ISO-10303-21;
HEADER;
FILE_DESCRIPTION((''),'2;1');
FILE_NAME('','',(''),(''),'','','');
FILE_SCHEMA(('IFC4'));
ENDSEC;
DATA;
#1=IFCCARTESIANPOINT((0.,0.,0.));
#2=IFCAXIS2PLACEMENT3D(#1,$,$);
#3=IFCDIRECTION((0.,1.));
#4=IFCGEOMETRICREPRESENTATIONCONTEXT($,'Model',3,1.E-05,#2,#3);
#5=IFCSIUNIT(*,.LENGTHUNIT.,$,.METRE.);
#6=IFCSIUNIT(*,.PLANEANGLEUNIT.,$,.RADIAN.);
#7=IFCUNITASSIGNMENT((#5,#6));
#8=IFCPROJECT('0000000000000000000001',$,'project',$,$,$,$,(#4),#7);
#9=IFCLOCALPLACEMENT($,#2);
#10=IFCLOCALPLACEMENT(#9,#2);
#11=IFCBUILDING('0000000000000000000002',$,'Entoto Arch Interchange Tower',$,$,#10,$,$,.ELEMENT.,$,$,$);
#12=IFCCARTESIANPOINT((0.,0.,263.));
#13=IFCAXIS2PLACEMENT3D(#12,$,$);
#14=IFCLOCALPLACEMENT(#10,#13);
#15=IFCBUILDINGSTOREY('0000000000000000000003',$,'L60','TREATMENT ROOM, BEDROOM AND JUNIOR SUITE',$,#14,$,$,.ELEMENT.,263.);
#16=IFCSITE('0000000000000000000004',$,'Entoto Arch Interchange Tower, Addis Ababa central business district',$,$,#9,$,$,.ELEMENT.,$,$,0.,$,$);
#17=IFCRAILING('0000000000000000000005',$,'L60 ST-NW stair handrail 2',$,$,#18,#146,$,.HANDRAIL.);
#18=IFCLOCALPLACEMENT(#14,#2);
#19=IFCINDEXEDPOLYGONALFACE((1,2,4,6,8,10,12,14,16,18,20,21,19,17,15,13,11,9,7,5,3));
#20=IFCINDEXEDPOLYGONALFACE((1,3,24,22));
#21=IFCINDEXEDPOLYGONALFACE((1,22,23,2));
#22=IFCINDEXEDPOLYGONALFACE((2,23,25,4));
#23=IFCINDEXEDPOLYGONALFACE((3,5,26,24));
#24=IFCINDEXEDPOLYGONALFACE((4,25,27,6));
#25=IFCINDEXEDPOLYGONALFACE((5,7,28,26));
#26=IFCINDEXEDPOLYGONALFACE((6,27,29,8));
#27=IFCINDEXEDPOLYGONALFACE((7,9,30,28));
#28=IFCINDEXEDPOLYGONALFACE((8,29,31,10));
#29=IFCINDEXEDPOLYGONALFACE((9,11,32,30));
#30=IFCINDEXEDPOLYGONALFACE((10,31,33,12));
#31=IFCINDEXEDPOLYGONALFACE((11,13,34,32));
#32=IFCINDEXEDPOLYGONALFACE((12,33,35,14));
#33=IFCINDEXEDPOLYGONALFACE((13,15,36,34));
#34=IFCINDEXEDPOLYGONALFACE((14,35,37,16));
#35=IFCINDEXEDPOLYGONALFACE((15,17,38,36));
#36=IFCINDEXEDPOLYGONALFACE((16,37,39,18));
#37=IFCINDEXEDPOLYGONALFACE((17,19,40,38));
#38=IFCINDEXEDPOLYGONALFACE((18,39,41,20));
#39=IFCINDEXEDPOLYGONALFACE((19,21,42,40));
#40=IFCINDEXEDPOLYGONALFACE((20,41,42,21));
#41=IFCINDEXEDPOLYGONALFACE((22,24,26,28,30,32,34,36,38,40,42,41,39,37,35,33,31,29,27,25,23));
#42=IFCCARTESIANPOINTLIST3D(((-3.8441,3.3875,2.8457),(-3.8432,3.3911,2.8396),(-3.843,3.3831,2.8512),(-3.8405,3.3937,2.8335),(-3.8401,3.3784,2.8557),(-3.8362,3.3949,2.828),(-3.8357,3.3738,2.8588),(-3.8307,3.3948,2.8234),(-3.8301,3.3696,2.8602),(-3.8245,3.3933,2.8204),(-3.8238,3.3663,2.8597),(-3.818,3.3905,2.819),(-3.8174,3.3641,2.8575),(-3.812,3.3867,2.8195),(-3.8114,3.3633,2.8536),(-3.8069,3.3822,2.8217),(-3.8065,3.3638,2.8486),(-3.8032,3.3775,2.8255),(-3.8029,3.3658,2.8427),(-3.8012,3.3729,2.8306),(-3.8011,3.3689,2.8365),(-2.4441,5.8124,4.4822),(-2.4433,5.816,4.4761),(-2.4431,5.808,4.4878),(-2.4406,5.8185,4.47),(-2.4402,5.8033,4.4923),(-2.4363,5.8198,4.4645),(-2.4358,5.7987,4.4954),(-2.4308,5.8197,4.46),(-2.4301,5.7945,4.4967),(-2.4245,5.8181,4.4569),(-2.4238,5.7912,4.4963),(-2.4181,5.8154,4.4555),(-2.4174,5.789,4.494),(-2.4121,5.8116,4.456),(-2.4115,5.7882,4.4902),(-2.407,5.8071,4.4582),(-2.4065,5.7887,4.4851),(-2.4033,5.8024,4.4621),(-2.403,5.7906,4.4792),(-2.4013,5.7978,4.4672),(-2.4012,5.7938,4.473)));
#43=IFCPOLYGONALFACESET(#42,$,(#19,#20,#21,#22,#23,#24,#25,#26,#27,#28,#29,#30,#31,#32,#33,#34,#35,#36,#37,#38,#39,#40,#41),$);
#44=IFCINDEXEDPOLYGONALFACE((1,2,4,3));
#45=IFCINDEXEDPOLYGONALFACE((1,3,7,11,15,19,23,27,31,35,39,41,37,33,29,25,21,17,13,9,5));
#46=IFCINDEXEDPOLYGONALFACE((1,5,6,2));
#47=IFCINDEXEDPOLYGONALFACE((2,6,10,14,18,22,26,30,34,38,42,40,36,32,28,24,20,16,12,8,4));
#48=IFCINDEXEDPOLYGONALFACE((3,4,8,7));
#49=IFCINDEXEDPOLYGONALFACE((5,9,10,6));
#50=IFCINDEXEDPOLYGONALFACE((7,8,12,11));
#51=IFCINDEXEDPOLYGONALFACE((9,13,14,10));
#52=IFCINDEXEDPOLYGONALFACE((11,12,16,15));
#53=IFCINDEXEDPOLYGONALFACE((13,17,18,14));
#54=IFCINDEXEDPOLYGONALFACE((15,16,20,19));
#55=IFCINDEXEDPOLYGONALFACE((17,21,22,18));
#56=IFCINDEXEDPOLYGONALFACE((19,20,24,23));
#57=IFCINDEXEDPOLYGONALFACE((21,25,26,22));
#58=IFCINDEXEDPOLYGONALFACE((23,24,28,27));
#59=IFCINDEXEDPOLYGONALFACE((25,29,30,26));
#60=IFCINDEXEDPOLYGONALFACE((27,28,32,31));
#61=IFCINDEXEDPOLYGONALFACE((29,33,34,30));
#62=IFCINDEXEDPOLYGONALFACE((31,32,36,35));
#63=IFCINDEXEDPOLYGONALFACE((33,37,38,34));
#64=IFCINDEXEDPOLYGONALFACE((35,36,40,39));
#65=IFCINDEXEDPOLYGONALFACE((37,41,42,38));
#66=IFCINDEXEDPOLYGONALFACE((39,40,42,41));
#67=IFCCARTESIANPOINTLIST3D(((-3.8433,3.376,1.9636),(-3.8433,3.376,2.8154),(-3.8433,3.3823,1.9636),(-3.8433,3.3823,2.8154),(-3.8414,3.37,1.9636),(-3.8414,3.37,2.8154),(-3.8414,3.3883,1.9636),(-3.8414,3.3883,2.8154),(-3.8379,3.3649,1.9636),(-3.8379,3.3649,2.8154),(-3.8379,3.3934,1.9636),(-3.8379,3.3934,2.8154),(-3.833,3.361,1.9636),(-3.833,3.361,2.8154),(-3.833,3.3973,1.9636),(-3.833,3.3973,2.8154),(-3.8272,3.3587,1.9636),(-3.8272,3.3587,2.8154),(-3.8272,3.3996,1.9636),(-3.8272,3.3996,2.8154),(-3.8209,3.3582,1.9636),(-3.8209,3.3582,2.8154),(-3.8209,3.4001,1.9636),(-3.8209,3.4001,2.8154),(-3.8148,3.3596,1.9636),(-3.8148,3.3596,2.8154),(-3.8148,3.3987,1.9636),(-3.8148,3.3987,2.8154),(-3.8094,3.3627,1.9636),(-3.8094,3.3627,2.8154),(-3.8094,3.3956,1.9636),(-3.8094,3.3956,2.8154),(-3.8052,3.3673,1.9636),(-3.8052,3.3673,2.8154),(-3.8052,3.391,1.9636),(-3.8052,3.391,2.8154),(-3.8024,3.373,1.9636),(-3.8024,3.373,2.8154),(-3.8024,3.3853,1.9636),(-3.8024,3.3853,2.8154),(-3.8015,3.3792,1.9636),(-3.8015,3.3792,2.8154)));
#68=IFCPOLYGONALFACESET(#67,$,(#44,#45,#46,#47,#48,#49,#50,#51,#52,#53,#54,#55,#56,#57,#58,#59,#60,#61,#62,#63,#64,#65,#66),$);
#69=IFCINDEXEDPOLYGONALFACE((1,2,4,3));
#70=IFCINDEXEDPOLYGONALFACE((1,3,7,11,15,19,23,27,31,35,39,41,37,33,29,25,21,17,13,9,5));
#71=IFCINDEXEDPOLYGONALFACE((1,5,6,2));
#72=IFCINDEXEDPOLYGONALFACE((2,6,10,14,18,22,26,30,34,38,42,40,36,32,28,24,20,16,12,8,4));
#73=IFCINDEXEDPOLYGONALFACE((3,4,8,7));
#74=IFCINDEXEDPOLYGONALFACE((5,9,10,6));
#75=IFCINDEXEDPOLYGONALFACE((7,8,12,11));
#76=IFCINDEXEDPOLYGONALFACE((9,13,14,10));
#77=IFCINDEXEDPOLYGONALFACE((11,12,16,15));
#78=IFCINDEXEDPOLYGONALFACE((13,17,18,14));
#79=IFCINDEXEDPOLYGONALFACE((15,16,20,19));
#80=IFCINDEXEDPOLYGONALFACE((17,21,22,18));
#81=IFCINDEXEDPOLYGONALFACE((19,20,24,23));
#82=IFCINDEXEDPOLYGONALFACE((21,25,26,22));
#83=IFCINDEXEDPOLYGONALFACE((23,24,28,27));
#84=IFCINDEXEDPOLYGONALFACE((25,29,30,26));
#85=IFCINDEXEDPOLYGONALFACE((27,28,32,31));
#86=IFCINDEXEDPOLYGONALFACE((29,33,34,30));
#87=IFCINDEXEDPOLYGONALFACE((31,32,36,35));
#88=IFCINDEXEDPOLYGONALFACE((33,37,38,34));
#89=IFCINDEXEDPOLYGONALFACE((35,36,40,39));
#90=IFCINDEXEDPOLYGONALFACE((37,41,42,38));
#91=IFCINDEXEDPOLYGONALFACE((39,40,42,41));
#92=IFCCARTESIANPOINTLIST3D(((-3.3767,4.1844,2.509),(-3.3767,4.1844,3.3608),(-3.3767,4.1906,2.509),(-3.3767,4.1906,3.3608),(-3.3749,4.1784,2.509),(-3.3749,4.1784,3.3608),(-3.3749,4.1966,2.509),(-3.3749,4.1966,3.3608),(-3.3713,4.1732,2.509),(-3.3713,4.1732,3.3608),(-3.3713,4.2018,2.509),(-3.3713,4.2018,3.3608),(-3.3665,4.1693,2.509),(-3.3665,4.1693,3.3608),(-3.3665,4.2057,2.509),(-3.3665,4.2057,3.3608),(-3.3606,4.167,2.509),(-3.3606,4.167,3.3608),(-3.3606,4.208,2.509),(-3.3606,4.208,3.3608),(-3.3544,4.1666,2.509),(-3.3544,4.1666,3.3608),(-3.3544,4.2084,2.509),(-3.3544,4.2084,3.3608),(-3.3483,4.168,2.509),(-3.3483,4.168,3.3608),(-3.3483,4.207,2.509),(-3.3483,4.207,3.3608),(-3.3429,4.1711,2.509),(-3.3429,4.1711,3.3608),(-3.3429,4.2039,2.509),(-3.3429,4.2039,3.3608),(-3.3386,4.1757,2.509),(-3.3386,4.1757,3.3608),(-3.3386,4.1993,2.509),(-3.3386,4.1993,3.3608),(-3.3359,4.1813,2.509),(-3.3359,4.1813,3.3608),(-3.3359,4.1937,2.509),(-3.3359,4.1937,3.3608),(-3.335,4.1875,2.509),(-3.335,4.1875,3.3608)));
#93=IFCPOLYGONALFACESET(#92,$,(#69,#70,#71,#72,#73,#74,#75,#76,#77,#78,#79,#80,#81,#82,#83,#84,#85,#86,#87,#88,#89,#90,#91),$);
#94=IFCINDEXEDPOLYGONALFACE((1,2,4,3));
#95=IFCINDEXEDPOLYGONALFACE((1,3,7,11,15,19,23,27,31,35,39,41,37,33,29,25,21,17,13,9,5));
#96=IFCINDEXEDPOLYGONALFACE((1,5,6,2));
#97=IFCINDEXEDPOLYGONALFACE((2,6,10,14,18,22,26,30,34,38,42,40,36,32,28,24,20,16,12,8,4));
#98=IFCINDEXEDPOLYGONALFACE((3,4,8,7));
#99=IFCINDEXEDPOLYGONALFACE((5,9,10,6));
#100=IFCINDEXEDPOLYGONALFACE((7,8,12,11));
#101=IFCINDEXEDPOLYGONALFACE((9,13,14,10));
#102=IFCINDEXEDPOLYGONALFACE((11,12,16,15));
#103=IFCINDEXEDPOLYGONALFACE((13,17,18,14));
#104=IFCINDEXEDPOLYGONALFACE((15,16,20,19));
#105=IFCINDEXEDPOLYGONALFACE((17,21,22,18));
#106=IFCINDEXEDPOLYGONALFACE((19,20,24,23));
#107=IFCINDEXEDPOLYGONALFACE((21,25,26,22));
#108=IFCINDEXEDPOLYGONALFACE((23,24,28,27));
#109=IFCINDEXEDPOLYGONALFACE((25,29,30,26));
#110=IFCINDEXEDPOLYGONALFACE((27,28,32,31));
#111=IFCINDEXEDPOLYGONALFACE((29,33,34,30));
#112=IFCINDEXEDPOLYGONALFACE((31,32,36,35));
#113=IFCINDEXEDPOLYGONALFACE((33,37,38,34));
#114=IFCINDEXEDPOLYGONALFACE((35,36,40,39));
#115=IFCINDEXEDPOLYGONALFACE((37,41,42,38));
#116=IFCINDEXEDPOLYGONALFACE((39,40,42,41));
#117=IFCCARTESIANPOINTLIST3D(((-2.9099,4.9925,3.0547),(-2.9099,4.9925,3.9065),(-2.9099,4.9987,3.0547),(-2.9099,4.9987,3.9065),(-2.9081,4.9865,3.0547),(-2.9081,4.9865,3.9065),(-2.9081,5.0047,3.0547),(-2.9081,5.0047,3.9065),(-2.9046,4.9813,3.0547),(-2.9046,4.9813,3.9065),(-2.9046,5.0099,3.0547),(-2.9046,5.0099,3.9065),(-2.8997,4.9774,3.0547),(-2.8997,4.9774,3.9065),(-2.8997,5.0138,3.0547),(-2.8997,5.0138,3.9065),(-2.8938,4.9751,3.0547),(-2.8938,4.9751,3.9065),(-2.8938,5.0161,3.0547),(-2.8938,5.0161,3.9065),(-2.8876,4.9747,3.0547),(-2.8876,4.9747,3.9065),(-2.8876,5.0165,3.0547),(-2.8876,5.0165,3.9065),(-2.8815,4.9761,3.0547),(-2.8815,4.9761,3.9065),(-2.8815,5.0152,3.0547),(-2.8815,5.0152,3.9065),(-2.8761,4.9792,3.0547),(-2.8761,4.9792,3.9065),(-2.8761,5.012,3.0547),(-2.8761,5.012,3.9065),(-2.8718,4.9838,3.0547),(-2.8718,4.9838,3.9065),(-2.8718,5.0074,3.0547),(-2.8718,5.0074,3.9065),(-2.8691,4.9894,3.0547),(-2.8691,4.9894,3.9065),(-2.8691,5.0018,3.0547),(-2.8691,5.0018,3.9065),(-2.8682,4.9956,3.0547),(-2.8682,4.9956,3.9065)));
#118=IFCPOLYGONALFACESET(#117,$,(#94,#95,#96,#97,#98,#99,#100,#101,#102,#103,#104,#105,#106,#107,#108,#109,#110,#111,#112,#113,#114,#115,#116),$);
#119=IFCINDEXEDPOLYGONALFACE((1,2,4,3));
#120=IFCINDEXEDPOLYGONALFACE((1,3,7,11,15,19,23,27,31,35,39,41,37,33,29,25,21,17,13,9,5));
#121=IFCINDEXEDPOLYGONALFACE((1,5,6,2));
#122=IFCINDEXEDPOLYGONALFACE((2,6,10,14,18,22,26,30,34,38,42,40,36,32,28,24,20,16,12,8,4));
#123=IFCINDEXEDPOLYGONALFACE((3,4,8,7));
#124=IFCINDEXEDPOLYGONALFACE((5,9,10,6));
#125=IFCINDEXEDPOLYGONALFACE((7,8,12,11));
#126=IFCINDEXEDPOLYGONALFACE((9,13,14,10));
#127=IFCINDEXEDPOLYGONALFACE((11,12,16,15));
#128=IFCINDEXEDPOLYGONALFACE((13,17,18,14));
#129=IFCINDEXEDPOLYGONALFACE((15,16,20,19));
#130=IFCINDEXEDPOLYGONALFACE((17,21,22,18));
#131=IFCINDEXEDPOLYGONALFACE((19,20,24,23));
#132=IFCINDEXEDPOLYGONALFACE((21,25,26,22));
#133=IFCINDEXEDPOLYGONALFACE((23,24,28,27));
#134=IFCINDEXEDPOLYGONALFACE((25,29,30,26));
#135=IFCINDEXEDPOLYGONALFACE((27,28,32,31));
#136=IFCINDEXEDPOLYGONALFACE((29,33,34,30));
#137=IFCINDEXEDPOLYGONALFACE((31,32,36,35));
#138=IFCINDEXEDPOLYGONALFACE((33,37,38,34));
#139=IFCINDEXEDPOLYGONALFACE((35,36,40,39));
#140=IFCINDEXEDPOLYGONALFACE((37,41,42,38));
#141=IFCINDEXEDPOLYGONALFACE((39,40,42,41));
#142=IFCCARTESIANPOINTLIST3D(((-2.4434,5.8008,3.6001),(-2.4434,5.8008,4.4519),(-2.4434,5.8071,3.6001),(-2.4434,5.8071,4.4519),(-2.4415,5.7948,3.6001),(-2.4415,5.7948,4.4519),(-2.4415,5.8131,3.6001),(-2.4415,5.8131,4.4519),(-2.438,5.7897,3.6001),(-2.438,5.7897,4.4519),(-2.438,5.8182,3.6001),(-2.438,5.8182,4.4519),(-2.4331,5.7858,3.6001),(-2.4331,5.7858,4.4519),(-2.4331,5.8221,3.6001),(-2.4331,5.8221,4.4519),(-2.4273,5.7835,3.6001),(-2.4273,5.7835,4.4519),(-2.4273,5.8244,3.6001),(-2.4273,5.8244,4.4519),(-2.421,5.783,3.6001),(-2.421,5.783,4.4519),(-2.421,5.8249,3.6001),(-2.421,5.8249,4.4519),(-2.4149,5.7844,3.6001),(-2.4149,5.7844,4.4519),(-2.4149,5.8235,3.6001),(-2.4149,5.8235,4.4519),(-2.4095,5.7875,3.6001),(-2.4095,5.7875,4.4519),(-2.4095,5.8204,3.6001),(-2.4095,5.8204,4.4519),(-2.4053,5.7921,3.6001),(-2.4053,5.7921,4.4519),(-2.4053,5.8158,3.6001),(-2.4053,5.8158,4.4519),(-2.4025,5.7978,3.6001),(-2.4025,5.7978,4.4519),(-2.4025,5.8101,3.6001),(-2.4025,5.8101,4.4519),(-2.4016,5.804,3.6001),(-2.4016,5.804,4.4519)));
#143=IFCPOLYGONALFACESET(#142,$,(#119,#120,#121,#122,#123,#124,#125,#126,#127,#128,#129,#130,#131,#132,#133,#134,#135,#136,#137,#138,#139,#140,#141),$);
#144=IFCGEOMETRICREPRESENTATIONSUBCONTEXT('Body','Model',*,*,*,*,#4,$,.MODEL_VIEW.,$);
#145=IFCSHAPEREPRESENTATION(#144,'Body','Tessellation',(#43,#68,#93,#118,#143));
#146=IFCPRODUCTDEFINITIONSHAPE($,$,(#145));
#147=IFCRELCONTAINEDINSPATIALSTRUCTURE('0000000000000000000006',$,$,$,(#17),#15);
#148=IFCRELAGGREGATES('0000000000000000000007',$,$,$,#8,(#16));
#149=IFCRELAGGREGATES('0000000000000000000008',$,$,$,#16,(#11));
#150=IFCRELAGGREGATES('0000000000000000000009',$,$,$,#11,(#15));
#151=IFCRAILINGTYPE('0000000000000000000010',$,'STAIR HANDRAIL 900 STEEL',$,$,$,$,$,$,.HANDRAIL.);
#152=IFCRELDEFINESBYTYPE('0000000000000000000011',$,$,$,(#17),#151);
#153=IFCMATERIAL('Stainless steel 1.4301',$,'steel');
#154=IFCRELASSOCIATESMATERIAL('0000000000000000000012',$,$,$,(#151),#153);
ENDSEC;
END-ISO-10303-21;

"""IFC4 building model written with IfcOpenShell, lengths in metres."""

from ifc_helpers import new_model, si_unit, direction, frame, origin, origin_2d, place, context, subcontext, project, spatial, circle, extrude, material, type_object, element, save


model = new_model("IFC4")

# Units and contexts
model_context = context("Model", 3, precision=1e-05, world=origin(), true_north=direction((0.0, 1.0)))
body_context = subcontext(model_context, "Body", "Model", "MODEL_VIEW")
ifc_project = project(units=[si_unit("LENGTHUNIT", "METRE"), si_unit("PLANEANGLEUNIT", "RADIAN")], contexts=[model_context])

# Site, building, storey
site_placement = place(None, origin())
site = spatial("IfcSite", under=ifc_project, at=site_placement, Name="Entoto Arch Interchange Tower, Addis Ababa central business district", CompositionType="ELEMENT", RefElevation=0.0)
building_placement = place(site_placement, origin())
building = spatial("IfcBuilding", under=site, at=building_placement, Name="Entoto Arch Interchange Tower", CompositionType="ELEMENT")
storey_placement = place(building_placement, frame((0.0, 0.0, 263.0)))
storey = spatial("IfcBuildingStorey", under=building, at=storey_placement, Name="L60", Description="TREATMENT ROOM, BEDROOM AND JUNIOR SUITE", CompositionType="ELEMENT", Elevation=263.0)

# Railing
ifc_material_1 = material(Name="Stainless steel 1.4301", Category="steel")
railing_type_1 = type_object("IfcRailingType", Name="STAIR HANDRAIL 900 STEEL", PredefinedType="HANDRAIL", material=ifc_material_1)
railing_1_placement = place(storey_placement, frame((-3.8225, 3.3792, 1.9636)))
element("IfcRailing", 1, at=railing_1_placement, inside=storey, type_object=railing_type_1, Name="L60 ST-NW stair handrail 2", PredefinedType="HANDRAIL", context=body_context, shape_type="SweptSolid", body=[
    extrude(circle(Radius=0.0239, at=origin_2d()), frame((0.0, 0.0, 0.876), z_axis=(0.431661, 0.74769, 0.504608), x_axis=(-0.866035, 0.499984, 0.0)), (0.0, 0.0, 1.0), 3.2432),
    extrude(circle(Radius=0.021, at=origin_2d()), origin(), (0.0, 0.0, 1.0), 0.8518),
    extrude(circle(Radius=0.021, at=origin_2d()), frame((0.4666, 0.8083, 0.5454)), (0.0, 0.0, 1.0), 0.8518),
    extrude(circle(Radius=0.021, at=origin_2d()), frame((0.9333, 1.6165, 1.0911)), (0.0, 0.0, 1.0), 0.8518),
    extrude(circle(Radius=0.021, at=origin_2d()), frame((1.3999, 2.4248, 1.6365)), (0.0, 0.0, 1.0), 0.8518),
])

save(model, "model.ifc")
